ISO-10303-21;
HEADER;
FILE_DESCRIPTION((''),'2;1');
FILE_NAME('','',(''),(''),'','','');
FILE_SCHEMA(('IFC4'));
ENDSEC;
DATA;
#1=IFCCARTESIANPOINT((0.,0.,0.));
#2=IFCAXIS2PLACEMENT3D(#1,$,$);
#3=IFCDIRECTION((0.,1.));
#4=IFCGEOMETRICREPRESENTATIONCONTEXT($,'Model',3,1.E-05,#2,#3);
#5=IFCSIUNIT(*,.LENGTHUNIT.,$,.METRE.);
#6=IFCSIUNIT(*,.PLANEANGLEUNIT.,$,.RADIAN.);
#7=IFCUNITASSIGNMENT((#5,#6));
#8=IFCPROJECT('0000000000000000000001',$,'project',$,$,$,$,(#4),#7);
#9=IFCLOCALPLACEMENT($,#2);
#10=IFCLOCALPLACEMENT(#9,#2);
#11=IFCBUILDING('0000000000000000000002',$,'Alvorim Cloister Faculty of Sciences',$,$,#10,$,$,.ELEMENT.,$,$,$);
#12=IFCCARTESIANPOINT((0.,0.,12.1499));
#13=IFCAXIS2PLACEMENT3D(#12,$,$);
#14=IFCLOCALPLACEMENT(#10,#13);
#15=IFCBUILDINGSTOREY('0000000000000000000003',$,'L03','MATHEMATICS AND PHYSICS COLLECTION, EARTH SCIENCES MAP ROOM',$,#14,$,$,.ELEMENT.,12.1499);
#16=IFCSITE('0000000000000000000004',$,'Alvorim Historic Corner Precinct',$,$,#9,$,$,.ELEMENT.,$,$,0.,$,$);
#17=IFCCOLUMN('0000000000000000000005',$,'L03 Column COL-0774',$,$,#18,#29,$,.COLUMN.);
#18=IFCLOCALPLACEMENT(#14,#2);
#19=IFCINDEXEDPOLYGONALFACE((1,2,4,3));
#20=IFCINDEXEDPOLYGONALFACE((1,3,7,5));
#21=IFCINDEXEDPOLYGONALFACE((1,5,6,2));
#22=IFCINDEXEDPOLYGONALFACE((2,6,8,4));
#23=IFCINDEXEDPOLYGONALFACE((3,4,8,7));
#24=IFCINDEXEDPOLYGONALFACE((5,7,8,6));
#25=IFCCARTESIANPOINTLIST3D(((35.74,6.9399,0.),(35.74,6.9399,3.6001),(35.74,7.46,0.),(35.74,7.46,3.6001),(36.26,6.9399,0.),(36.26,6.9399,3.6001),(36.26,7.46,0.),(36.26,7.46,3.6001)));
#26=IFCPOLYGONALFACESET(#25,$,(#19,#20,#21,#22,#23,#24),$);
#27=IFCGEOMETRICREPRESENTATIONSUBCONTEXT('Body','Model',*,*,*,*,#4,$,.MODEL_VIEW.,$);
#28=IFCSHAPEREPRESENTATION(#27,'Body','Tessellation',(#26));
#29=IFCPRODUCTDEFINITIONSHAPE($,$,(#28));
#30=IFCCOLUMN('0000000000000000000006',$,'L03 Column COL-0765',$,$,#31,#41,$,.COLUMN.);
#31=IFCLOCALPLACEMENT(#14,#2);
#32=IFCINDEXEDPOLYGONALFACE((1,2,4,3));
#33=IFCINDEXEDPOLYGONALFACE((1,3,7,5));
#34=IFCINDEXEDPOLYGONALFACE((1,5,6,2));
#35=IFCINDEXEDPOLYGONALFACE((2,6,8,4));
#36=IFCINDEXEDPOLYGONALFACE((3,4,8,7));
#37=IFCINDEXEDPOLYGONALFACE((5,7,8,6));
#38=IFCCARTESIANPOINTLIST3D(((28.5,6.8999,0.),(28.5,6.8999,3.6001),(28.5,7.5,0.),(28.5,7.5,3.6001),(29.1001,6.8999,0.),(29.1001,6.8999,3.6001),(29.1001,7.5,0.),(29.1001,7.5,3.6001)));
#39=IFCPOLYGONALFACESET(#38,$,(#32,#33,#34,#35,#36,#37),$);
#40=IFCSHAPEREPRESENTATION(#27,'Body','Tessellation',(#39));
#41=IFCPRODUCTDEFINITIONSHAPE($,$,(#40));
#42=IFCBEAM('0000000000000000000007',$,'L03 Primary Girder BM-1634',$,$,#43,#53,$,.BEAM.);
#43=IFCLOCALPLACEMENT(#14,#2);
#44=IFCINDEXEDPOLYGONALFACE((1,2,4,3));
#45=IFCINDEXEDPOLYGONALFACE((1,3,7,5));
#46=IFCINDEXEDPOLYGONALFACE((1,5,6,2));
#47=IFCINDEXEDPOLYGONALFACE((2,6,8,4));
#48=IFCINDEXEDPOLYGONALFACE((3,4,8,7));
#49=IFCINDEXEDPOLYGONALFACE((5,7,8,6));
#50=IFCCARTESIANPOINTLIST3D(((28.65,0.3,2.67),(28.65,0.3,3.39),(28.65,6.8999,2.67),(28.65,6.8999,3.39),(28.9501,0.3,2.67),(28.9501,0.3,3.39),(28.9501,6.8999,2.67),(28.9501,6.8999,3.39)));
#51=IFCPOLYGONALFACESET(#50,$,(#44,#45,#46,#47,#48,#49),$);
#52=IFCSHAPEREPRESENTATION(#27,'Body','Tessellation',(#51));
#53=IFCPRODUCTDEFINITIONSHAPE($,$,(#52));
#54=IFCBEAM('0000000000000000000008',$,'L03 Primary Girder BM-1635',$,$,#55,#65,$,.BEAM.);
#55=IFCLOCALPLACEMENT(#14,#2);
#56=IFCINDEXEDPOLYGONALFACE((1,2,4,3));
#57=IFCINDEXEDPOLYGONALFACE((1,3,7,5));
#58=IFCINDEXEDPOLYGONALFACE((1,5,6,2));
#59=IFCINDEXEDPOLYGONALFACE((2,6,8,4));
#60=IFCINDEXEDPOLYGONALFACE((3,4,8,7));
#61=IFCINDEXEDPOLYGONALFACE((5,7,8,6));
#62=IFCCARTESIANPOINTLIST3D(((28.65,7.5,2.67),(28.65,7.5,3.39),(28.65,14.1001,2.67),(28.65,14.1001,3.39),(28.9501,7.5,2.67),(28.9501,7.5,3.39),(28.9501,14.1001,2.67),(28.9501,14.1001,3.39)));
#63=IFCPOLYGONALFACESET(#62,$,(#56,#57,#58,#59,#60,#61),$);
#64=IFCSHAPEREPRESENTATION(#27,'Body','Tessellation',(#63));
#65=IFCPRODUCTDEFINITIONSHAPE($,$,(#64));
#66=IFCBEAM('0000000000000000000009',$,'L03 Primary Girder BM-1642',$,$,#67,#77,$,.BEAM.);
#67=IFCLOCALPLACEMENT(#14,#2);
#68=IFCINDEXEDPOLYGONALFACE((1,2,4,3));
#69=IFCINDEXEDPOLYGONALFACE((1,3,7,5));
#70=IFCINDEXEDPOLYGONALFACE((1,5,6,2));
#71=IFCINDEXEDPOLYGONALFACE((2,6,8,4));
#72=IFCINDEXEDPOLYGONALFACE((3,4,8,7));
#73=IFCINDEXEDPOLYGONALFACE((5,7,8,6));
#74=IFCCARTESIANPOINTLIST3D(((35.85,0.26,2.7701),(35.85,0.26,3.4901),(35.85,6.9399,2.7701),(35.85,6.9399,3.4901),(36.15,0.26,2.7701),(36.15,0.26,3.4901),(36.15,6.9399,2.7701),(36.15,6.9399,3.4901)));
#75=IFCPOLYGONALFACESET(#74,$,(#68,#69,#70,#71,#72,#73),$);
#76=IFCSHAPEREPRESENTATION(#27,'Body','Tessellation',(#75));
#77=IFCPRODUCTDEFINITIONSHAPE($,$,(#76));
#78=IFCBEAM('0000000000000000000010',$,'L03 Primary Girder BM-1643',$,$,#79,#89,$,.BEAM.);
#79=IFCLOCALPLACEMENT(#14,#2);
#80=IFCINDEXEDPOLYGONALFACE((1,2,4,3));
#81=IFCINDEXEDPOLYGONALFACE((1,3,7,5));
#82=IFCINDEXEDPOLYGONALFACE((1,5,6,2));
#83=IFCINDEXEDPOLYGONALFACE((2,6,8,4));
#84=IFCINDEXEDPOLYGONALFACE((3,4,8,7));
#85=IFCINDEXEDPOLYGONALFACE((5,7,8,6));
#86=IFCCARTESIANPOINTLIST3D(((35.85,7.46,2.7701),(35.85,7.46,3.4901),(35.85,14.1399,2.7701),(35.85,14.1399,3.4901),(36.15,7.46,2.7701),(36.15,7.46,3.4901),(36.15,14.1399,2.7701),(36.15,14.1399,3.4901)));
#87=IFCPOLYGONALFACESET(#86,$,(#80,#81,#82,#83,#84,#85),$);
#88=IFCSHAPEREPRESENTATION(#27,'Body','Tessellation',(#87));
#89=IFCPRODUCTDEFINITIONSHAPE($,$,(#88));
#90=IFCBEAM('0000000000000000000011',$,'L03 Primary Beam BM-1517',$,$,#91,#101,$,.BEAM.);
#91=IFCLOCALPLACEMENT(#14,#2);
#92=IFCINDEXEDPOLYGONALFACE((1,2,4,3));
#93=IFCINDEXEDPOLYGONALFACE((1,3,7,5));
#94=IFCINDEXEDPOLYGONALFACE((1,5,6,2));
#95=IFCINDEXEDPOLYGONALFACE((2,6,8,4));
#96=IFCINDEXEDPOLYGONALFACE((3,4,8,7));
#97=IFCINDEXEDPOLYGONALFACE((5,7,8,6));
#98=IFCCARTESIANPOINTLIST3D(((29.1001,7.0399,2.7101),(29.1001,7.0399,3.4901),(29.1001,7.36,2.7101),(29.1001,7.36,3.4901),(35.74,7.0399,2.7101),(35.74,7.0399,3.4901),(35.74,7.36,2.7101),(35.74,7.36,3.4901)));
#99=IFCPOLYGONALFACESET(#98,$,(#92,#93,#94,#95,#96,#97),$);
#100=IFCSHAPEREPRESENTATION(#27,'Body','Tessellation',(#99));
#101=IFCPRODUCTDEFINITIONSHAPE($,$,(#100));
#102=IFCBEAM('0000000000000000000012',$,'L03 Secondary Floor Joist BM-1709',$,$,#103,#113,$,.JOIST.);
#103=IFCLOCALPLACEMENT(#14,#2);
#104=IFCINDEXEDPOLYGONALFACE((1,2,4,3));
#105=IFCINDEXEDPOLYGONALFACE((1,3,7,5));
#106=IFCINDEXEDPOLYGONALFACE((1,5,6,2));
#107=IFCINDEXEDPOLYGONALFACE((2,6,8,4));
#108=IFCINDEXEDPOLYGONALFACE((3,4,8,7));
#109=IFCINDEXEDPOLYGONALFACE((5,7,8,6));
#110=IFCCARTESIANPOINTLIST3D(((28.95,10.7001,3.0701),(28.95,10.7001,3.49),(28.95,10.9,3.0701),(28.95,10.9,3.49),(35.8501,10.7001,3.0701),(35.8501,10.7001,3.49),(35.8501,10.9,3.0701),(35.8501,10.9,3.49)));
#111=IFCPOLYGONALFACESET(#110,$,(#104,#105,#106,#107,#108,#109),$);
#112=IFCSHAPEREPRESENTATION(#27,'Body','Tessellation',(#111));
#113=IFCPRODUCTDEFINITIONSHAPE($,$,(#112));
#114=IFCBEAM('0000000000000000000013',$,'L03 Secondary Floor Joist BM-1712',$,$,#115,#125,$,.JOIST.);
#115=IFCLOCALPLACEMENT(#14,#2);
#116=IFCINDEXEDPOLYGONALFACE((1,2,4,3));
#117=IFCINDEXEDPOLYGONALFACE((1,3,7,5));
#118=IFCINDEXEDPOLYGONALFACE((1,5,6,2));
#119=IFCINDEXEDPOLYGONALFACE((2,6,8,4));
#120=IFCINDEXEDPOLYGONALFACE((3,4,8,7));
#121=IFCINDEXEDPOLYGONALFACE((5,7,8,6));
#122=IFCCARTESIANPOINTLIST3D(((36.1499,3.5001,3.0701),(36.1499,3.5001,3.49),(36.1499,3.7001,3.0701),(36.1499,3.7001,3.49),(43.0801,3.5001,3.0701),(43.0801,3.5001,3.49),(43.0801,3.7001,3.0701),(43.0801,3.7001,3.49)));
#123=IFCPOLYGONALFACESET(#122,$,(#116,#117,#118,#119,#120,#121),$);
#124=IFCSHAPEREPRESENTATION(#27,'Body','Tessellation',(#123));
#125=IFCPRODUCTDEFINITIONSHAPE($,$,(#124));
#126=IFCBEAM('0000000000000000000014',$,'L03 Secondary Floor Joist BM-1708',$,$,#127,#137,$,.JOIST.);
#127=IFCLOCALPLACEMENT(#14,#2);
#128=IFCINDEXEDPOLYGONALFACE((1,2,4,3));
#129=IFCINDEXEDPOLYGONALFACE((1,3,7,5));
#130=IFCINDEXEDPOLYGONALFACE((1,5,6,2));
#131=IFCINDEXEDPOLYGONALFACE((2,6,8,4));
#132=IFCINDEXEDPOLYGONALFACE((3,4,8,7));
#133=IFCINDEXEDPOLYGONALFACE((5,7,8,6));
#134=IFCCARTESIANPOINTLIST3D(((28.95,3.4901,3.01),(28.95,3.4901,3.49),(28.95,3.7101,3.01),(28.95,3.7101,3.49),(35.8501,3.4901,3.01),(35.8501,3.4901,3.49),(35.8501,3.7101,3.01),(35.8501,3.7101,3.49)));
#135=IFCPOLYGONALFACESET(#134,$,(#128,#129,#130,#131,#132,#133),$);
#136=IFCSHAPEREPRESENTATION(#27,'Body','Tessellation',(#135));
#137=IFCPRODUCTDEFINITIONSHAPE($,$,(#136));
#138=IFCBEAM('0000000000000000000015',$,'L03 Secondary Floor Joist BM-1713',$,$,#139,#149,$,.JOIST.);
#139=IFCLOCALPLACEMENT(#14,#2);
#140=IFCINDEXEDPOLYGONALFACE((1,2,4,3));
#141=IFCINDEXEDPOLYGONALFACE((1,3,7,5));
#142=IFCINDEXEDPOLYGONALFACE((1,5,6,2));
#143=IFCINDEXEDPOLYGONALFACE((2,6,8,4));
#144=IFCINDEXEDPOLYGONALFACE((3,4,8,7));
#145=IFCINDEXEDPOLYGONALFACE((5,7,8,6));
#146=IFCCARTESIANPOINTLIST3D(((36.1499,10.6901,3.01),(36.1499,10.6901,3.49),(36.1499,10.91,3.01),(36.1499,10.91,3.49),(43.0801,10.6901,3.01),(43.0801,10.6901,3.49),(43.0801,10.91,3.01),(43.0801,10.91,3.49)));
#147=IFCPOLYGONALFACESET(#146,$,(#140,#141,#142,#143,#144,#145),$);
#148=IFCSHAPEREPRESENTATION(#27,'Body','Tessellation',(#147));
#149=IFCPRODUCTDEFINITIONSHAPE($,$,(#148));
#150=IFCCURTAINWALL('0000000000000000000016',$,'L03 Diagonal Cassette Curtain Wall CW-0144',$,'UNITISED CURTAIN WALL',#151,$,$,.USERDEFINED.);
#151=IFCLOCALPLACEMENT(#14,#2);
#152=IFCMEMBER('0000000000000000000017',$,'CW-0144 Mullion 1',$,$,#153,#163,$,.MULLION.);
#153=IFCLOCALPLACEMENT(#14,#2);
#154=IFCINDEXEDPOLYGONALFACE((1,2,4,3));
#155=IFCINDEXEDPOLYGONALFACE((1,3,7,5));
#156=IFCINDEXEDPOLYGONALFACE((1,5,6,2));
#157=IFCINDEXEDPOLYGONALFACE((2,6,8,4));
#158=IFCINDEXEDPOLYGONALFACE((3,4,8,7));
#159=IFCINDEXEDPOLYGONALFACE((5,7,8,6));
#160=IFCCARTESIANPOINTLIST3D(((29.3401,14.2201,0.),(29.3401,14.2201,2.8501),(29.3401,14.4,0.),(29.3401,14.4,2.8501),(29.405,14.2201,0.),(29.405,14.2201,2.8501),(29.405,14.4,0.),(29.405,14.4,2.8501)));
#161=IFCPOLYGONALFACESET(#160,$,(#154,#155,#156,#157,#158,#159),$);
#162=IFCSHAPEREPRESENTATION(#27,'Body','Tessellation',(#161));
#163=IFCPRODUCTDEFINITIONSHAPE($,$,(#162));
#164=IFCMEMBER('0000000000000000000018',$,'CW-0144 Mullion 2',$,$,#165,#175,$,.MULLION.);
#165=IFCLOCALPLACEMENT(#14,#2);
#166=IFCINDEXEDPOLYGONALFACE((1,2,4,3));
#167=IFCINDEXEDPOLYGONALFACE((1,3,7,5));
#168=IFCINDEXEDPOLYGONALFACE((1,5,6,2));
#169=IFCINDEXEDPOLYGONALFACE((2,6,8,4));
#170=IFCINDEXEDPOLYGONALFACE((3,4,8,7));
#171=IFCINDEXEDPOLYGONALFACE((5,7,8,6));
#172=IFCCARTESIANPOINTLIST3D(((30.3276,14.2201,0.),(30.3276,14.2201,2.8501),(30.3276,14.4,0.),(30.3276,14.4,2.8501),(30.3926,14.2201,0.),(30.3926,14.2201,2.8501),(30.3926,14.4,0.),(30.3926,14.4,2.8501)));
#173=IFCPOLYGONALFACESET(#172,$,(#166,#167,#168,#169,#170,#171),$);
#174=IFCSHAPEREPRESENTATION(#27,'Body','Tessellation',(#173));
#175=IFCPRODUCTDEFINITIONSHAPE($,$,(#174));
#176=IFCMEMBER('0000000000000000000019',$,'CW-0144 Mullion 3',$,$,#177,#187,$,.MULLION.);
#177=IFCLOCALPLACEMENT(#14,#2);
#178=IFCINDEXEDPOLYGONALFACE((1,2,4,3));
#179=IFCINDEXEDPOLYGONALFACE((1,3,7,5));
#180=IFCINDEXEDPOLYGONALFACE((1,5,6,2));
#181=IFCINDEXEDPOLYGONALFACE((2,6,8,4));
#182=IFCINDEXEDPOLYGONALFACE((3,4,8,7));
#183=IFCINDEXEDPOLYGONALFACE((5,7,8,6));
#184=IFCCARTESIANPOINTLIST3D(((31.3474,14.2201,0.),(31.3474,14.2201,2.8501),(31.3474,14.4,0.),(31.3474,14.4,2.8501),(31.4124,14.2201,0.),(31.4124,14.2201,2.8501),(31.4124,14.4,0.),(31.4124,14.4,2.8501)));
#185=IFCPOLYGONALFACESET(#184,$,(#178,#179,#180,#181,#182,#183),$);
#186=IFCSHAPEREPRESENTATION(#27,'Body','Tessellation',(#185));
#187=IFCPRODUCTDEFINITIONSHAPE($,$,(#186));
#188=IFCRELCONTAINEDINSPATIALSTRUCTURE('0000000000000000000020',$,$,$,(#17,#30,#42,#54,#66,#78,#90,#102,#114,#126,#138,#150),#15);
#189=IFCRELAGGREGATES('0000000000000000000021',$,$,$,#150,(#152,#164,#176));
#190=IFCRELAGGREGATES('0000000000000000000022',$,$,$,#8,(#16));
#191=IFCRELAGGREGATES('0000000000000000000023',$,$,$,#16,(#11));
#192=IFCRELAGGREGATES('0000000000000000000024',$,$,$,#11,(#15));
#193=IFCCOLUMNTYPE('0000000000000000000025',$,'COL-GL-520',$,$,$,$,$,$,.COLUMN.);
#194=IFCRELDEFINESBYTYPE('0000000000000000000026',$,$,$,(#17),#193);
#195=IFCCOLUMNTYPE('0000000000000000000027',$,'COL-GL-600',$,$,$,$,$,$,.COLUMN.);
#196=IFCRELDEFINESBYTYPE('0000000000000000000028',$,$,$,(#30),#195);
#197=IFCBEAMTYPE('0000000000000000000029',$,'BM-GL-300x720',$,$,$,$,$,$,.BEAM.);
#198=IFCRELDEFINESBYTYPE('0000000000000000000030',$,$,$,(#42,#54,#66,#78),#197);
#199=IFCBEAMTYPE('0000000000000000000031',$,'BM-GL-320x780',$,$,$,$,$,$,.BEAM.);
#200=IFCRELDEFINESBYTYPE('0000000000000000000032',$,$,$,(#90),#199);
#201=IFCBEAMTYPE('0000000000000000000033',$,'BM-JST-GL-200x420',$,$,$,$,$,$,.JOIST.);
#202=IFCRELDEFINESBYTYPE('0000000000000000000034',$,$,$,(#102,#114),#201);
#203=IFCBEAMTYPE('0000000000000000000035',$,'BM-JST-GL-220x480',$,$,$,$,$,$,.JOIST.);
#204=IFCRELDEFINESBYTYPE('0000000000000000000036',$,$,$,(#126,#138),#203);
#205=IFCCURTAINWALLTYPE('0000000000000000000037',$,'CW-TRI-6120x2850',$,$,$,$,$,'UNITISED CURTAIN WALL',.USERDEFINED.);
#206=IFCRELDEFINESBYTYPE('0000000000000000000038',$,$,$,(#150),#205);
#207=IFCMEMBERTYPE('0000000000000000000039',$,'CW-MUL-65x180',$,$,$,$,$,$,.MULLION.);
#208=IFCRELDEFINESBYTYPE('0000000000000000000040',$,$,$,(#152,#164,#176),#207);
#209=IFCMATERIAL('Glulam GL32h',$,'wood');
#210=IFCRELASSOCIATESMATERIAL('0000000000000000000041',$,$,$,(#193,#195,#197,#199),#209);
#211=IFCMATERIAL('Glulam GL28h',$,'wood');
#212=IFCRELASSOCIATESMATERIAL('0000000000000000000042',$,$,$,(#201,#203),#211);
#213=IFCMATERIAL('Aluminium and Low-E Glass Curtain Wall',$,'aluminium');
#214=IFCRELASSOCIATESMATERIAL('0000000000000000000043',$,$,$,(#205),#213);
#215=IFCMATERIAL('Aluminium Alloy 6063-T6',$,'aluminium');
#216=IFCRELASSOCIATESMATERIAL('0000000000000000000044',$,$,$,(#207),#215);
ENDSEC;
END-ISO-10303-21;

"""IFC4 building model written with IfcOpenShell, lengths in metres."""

from ifc_helpers import new_model, si_unit, direction, frame, origin, origin_2d, place, context, subcontext, project, spatial, rectangle, extrude, material, material_profile, profile_set, type_object, element, aggregate, save


model = new_model("IFC4")

# Units and contexts
model_context = context("Model", 3, precision=1e-05, world=origin(), true_north=direction((0.0, 1.0)))
body_context = subcontext(model_context, "Body", "Model", "MODEL_VIEW")
ifc_project = project(units=[si_unit("LENGTHUNIT", "METRE"), si_unit("PLANEANGLEUNIT", "RADIAN")], contexts=[model_context])

# Site, building, storey
site_placement = place(None, origin())
site = spatial("IfcSite", under=ifc_project, at=site_placement, Name="Alvorim Historic Corner Precinct", CompositionType="ELEMENT", RefElevation=0.0)
building_placement = place(site_placement, origin())
building = spatial("IfcBuilding", under=site, at=building_placement, Name="Alvorim Cloister Faculty of Sciences", CompositionType="ELEMENT")
storey_placement = place(building_placement, frame((0.0, 0.0, 12.1499)))
storey = spatial("IfcBuildingStorey", under=building, at=storey_placement, Name="L03", Description="MATHEMATICS AND PHYSICS COLLECTION, EARTH SCIENCES MAP ROOM", CompositionType="ELEMENT", Elevation=12.1499)

# Columns
ifc_material_1 = material(Name="Glulam GL32h", Category="wood")
ifc_material_profile_1 = material_profile(ifc_material_1, rectangle(XDim=0.52, YDim=0.52, at=origin_2d()), Name="GL32-COL-520x520")
ifc_profile_set_1 = profile_set([ifc_material_profile_1], Name="Glulam GL32h")
column_type_1 = type_object("IfcColumnType", Name="COL-GL-520", PredefinedType="COLUMN", material=ifc_profile_set_1)
column_1_placement = place(storey_placement, frame((36.0, 7.2, 0.0), z_axis=(0.0, 0.0, 1.0), x_axis=(1.0, 0.0, 0.0)))
element("IfcColumn", 1, at=column_1_placement, inside=storey, type_object=column_type_1, Name="L03 Column COL-0774", PredefinedType="COLUMN", context=body_context, shape_type="SweptSolid", body=[
    extrude(rectangle(XDim=0.52, YDim=0.52, at=origin_2d()), origin(), (0.0, 0.0, 1.0), 3.6001),
])
ifc_material_profile_2 = material_profile(ifc_material_1, rectangle(XDim=0.6001, YDim=0.6001, at=origin_2d()), Name="GL32-COL-600x600")
ifc_profile_set_2 = profile_set([ifc_material_profile_2], Name="Glulam GL32h")
column_type_2 = type_object("IfcColumnType", Name="COL-GL-600", PredefinedType="COLUMN", material=ifc_profile_set_2)
column_2_placement = place(storey_placement, frame((28.8, 7.2, 0.0), z_axis=(0.0, 0.0, 1.0), x_axis=(1.0, 0.0, 0.0)))
element("IfcColumn", 2, at=column_2_placement, inside=storey, type_object=column_type_2, Name="L03 Column COL-0765", PredefinedType="COLUMN", context=body_context, shape_type="SweptSolid", body=[
    extrude(rectangle(XDim=0.6001, YDim=0.6001, at=origin_2d()), origin(), (0.0, 0.0, 1.0), 3.6001),
])

# Beams
ifc_material_profile_3 = material_profile(ifc_material_1, rectangle(XDim=0.3, YDim=0.72, at=origin_2d()), Name="GL32-BM-300x720")
ifc_profile_set_3 = profile_set([ifc_material_profile_3], Name="Glulam GL32h")
beam_type_1 = type_object("IfcBeamType", Name="BM-GL-300x720", PredefinedType="BEAM", material=ifc_profile_set_3)
beam_1_placement = place(storey_placement, frame((28.8, 0.3, 3.03), z_axis=(0.0, 1.0, 0.0), x_axis=(-1.0, 0.0, 0.0)))
element("IfcBeam", 3, at=beam_1_placement, inside=storey, type_object=beam_type_1, Name="L03 Primary Girder BM-1634", PredefinedType="BEAM", context=body_context, shape_type="SweptSolid", body=[
    extrude(rectangle(XDim=0.3, YDim=0.72, at=origin_2d()), origin(), (0.0, 0.0, 1.0), 6.5999),
])
beam_2_placement = place(storey_placement, frame((28.8, 7.5, 3.03), z_axis=(0.0, 1.0, 0.0), x_axis=(-1.0, 0.0, 0.0)))
element("IfcBeam", 4, at=beam_2_placement, inside=storey, type_object=beam_type_1, Name="L03 Primary Girder BM-1635", PredefinedType="BEAM", context=body_context, shape_type="SweptSolid", body=[
    extrude(rectangle(XDim=0.3, YDim=0.72, at=origin_2d()), origin(), (0.0, 0.0, 1.0), 6.6001),
])
for number, where, z_axis, x_axis, name in (
    (5, (36.0, 0.26, 3.1301), (0.0, 1.0, 0.0), (-1.0, 0.0, 0.0), "L03 Primary Girder BM-1642"),
    (6, (36.0, 7.46, 3.1301), (0.0, 1.0, 0.0), (-1.0, 0.0, 0.0), "L03 Primary Girder BM-1643"),
):
    element("IfcBeam", number, at=place(storey_placement, frame(where, z_axis=z_axis, x_axis=x_axis)), inside=storey, type_object=beam_type_1, Name=name, PredefinedType="BEAM", context=body_context, shape_type="SweptSolid", body=[
        extrude(rectangle(XDim=0.3, YDim=0.72, at=origin_2d()), origin(), (0.0, 0.0, 1.0), 6.6799),
    ])
ifc_material_profile_4 = material_profile(ifc_material_1, rectangle(XDim=0.3201, YDim=0.78, at=origin_2d()), Name="GL32-BM-320x780")
ifc_profile_set_4 = profile_set([ifc_material_profile_4], Name="Glulam GL32h")
beam_type_2 = type_object("IfcBeamType", Name="BM-GL-320x780", PredefinedType="BEAM", material=ifc_profile_set_4)
beam_3_placement = place(storey_placement, frame((29.1001, 7.2, 3.1001), z_axis=(1.0, 0.0, 0.0), x_axis=(0.0, 1.0, 0.0)))
element("IfcBeam", 7, at=beam_3_placement, inside=storey, type_object=beam_type_2, Name="L03 Primary Beam BM-1517", PredefinedType="BEAM", context=body_context, shape_type="SweptSolid", body=[
    extrude(rectangle(XDim=0.3201, YDim=0.78, at=origin_2d()), origin(), (0.0, 0.0, 1.0), 6.6399),
])
ifc_material_2 = material(Name="Glulam GL28h", Category="wood")
ifc_material_profile_5 = material_profile(ifc_material_2, rectangle(XDim=0.2, YDim=0.4199, at=origin_2d()), Name="GL28-JST-200x420")
ifc_profile_set_5 = profile_set([ifc_material_profile_5], Name="Glulam GL28h")
beam_type_3 = type_object("IfcBeamType", Name="BM-JST-GL-200x420", PredefinedType="JOIST", material=ifc_profile_set_5)
beam_4_placement = place(storey_placement, frame((28.95, 10.8, 3.28), z_axis=(1.0, 0.0, 0.0), x_axis=(0.0, 1.0, 0.0)))
element("IfcBeam", 8, at=beam_4_placement, inside=storey, type_object=beam_type_3, Name="L03 Secondary Floor Joist BM-1709", PredefinedType="JOIST", context=body_context, shape_type="SweptSolid", body=[
    extrude(rectangle(XDim=0.2, YDim=0.4199, at=origin_2d()), origin(), (0.0, 0.0, 1.0), 6.9001),
])
beam_5_placement = place(storey_placement, frame((36.1499, 3.6001, 3.28), z_axis=(1.0, 0.0, 0.0), x_axis=(0.0, 1.0, 0.0)))
element("IfcBeam", 9, at=beam_5_placement, inside=storey, type_object=beam_type_3, Name="L03 Secondary Floor Joist BM-1712", PredefinedType="JOIST", context=body_context, shape_type="SweptSolid", body=[
    extrude(rectangle(XDim=0.2, YDim=0.4199, at=origin_2d()), origin(), (0.0, 0.0, 1.0), 6.9302),
])
ifc_material_profile_6 = material_profile(ifc_material_2, rectangle(XDim=0.22, YDim=0.48, at=origin_2d()), Name="GL28-JST-220x480")
ifc_profile_set_6 = profile_set([ifc_material_profile_6], Name="Glulam GL28h")
beam_type_4 = type_object("IfcBeamType", Name="BM-JST-GL-220x480", PredefinedType="JOIST", material=ifc_profile_set_6)
beam_6_placement = place(storey_placement, frame((28.95, 3.6001, 3.25), z_axis=(1.0, 0.0, 0.0), x_axis=(0.0, 1.0, 0.0)))
element("IfcBeam", 10, at=beam_6_placement, inside=storey, type_object=beam_type_4, Name="L03 Secondary Floor Joist BM-1708", PredefinedType="JOIST", context=body_context, shape_type="SweptSolid", body=[
    extrude(rectangle(XDim=0.22, YDim=0.48, at=origin_2d()), origin(), (0.0, 0.0, 1.0), 6.9001),
])
beam_7_placement = place(storey_placement, frame((36.1499, 10.8, 3.25), z_axis=(1.0, 0.0, 0.0), x_axis=(0.0, 1.0, 0.0)))
element("IfcBeam", 11, at=beam_7_placement, inside=storey, type_object=beam_type_4, Name="L03 Secondary Floor Joist BM-1713", PredefinedType="JOIST", context=body_context, shape_type="SweptSolid", body=[
    extrude(rectangle(XDim=0.22, YDim=0.48, at=origin_2d()), origin(), (0.0, 0.0, 1.0), 6.9302),
])

# Curtain wall, members
ifc_material_3 = material(Name="Aluminium and Low-E Glass Curtain Wall", Category="aluminium")
curtain_wall_type = type_object("IfcCurtainWallType", Name="CW-TRI-6120x2850", ElementType="UNITISED CURTAIN WALL", PredefinedType="USERDEFINED", material=ifc_material_3)
curtain_wall_placement = place(storey_placement, origin())
curtain_wall = element("IfcCurtainWall", 12, at=curtain_wall_placement, inside=storey, type_object=curtain_wall_type, Name="L03 Diagonal Cassette Curtain Wall CW-0144", ObjectType="UNITISED CURTAIN WALL", PredefinedType="USERDEFINED")
ifc_material_4 = material(Name="Aluminium Alloy 6063-T6", Category="aluminium")
ifc_material_profile_7 = material_profile(ifc_material_4, rectangle(XDim=0.0649, YDim=0.1799, at=origin_2d()), Name="ALU-MUL-65x180")
ifc_profile_set_7 = profile_set([ifc_material_profile_7], Name="Aluminium Alloy 6063-T6")
member_type_1 = type_object("IfcMemberType", Name="CW-MUL-65x180", PredefinedType="MULLION", material=ifc_profile_set_7)
member_1_placement = place(storey_placement, frame((29.3726, 14.3101, 0.0), z_axis=(0.0, 0.0, 1.0), x_axis=(1.0, 0.0, 0.0)))
member_1 = element("IfcMember", 13, at=member_1_placement, type_object=member_type_1, Name="CW-0144 Mullion 1", PredefinedType="MULLION", context=body_context, shape_type="SweptSolid", body=[
    extrude(rectangle(XDim=0.0649, YDim=0.1799, at=origin_2d()), origin(), (0.0, 0.0, 1.0), 2.8501),
])
member_2_placement = place(storey_placement, frame((30.3601, 14.3101, 0.0), z_axis=(0.0, 0.0, 1.0), x_axis=(1.0, 0.0, 0.0)))
member_2 = element("IfcMember", 14, at=member_2_placement, type_object=member_type_1, Name="CW-0144 Mullion 2", PredefinedType="MULLION", context=body_context, shape_type="SweptSolid", body=[
    extrude(rectangle(XDim=0.0649, YDim=0.1799, at=origin_2d()), origin(), (0.0, 0.0, 1.0), 2.8501),
])
member_3_placement = place(storey_placement, frame((31.3799, 14.3101, 0.0), z_axis=(0.0, 0.0, 1.0), x_axis=(1.0, 0.0, 0.0)))
member_3 = element("IfcMember", 15, at=member_3_placement, type_object=member_type_1, Name="CW-0144 Mullion 3", PredefinedType="MULLION", context=body_context, shape_type="SweptSolid", body=[
    extrude(rectangle(XDim=0.0649, YDim=0.1799, at=origin_2d()), origin(), (0.0, 0.0, 1.0), 2.8501),
])
aggregate(curtain_wall, [member_1, member_2, member_3])

save(model, "model.ifc")
